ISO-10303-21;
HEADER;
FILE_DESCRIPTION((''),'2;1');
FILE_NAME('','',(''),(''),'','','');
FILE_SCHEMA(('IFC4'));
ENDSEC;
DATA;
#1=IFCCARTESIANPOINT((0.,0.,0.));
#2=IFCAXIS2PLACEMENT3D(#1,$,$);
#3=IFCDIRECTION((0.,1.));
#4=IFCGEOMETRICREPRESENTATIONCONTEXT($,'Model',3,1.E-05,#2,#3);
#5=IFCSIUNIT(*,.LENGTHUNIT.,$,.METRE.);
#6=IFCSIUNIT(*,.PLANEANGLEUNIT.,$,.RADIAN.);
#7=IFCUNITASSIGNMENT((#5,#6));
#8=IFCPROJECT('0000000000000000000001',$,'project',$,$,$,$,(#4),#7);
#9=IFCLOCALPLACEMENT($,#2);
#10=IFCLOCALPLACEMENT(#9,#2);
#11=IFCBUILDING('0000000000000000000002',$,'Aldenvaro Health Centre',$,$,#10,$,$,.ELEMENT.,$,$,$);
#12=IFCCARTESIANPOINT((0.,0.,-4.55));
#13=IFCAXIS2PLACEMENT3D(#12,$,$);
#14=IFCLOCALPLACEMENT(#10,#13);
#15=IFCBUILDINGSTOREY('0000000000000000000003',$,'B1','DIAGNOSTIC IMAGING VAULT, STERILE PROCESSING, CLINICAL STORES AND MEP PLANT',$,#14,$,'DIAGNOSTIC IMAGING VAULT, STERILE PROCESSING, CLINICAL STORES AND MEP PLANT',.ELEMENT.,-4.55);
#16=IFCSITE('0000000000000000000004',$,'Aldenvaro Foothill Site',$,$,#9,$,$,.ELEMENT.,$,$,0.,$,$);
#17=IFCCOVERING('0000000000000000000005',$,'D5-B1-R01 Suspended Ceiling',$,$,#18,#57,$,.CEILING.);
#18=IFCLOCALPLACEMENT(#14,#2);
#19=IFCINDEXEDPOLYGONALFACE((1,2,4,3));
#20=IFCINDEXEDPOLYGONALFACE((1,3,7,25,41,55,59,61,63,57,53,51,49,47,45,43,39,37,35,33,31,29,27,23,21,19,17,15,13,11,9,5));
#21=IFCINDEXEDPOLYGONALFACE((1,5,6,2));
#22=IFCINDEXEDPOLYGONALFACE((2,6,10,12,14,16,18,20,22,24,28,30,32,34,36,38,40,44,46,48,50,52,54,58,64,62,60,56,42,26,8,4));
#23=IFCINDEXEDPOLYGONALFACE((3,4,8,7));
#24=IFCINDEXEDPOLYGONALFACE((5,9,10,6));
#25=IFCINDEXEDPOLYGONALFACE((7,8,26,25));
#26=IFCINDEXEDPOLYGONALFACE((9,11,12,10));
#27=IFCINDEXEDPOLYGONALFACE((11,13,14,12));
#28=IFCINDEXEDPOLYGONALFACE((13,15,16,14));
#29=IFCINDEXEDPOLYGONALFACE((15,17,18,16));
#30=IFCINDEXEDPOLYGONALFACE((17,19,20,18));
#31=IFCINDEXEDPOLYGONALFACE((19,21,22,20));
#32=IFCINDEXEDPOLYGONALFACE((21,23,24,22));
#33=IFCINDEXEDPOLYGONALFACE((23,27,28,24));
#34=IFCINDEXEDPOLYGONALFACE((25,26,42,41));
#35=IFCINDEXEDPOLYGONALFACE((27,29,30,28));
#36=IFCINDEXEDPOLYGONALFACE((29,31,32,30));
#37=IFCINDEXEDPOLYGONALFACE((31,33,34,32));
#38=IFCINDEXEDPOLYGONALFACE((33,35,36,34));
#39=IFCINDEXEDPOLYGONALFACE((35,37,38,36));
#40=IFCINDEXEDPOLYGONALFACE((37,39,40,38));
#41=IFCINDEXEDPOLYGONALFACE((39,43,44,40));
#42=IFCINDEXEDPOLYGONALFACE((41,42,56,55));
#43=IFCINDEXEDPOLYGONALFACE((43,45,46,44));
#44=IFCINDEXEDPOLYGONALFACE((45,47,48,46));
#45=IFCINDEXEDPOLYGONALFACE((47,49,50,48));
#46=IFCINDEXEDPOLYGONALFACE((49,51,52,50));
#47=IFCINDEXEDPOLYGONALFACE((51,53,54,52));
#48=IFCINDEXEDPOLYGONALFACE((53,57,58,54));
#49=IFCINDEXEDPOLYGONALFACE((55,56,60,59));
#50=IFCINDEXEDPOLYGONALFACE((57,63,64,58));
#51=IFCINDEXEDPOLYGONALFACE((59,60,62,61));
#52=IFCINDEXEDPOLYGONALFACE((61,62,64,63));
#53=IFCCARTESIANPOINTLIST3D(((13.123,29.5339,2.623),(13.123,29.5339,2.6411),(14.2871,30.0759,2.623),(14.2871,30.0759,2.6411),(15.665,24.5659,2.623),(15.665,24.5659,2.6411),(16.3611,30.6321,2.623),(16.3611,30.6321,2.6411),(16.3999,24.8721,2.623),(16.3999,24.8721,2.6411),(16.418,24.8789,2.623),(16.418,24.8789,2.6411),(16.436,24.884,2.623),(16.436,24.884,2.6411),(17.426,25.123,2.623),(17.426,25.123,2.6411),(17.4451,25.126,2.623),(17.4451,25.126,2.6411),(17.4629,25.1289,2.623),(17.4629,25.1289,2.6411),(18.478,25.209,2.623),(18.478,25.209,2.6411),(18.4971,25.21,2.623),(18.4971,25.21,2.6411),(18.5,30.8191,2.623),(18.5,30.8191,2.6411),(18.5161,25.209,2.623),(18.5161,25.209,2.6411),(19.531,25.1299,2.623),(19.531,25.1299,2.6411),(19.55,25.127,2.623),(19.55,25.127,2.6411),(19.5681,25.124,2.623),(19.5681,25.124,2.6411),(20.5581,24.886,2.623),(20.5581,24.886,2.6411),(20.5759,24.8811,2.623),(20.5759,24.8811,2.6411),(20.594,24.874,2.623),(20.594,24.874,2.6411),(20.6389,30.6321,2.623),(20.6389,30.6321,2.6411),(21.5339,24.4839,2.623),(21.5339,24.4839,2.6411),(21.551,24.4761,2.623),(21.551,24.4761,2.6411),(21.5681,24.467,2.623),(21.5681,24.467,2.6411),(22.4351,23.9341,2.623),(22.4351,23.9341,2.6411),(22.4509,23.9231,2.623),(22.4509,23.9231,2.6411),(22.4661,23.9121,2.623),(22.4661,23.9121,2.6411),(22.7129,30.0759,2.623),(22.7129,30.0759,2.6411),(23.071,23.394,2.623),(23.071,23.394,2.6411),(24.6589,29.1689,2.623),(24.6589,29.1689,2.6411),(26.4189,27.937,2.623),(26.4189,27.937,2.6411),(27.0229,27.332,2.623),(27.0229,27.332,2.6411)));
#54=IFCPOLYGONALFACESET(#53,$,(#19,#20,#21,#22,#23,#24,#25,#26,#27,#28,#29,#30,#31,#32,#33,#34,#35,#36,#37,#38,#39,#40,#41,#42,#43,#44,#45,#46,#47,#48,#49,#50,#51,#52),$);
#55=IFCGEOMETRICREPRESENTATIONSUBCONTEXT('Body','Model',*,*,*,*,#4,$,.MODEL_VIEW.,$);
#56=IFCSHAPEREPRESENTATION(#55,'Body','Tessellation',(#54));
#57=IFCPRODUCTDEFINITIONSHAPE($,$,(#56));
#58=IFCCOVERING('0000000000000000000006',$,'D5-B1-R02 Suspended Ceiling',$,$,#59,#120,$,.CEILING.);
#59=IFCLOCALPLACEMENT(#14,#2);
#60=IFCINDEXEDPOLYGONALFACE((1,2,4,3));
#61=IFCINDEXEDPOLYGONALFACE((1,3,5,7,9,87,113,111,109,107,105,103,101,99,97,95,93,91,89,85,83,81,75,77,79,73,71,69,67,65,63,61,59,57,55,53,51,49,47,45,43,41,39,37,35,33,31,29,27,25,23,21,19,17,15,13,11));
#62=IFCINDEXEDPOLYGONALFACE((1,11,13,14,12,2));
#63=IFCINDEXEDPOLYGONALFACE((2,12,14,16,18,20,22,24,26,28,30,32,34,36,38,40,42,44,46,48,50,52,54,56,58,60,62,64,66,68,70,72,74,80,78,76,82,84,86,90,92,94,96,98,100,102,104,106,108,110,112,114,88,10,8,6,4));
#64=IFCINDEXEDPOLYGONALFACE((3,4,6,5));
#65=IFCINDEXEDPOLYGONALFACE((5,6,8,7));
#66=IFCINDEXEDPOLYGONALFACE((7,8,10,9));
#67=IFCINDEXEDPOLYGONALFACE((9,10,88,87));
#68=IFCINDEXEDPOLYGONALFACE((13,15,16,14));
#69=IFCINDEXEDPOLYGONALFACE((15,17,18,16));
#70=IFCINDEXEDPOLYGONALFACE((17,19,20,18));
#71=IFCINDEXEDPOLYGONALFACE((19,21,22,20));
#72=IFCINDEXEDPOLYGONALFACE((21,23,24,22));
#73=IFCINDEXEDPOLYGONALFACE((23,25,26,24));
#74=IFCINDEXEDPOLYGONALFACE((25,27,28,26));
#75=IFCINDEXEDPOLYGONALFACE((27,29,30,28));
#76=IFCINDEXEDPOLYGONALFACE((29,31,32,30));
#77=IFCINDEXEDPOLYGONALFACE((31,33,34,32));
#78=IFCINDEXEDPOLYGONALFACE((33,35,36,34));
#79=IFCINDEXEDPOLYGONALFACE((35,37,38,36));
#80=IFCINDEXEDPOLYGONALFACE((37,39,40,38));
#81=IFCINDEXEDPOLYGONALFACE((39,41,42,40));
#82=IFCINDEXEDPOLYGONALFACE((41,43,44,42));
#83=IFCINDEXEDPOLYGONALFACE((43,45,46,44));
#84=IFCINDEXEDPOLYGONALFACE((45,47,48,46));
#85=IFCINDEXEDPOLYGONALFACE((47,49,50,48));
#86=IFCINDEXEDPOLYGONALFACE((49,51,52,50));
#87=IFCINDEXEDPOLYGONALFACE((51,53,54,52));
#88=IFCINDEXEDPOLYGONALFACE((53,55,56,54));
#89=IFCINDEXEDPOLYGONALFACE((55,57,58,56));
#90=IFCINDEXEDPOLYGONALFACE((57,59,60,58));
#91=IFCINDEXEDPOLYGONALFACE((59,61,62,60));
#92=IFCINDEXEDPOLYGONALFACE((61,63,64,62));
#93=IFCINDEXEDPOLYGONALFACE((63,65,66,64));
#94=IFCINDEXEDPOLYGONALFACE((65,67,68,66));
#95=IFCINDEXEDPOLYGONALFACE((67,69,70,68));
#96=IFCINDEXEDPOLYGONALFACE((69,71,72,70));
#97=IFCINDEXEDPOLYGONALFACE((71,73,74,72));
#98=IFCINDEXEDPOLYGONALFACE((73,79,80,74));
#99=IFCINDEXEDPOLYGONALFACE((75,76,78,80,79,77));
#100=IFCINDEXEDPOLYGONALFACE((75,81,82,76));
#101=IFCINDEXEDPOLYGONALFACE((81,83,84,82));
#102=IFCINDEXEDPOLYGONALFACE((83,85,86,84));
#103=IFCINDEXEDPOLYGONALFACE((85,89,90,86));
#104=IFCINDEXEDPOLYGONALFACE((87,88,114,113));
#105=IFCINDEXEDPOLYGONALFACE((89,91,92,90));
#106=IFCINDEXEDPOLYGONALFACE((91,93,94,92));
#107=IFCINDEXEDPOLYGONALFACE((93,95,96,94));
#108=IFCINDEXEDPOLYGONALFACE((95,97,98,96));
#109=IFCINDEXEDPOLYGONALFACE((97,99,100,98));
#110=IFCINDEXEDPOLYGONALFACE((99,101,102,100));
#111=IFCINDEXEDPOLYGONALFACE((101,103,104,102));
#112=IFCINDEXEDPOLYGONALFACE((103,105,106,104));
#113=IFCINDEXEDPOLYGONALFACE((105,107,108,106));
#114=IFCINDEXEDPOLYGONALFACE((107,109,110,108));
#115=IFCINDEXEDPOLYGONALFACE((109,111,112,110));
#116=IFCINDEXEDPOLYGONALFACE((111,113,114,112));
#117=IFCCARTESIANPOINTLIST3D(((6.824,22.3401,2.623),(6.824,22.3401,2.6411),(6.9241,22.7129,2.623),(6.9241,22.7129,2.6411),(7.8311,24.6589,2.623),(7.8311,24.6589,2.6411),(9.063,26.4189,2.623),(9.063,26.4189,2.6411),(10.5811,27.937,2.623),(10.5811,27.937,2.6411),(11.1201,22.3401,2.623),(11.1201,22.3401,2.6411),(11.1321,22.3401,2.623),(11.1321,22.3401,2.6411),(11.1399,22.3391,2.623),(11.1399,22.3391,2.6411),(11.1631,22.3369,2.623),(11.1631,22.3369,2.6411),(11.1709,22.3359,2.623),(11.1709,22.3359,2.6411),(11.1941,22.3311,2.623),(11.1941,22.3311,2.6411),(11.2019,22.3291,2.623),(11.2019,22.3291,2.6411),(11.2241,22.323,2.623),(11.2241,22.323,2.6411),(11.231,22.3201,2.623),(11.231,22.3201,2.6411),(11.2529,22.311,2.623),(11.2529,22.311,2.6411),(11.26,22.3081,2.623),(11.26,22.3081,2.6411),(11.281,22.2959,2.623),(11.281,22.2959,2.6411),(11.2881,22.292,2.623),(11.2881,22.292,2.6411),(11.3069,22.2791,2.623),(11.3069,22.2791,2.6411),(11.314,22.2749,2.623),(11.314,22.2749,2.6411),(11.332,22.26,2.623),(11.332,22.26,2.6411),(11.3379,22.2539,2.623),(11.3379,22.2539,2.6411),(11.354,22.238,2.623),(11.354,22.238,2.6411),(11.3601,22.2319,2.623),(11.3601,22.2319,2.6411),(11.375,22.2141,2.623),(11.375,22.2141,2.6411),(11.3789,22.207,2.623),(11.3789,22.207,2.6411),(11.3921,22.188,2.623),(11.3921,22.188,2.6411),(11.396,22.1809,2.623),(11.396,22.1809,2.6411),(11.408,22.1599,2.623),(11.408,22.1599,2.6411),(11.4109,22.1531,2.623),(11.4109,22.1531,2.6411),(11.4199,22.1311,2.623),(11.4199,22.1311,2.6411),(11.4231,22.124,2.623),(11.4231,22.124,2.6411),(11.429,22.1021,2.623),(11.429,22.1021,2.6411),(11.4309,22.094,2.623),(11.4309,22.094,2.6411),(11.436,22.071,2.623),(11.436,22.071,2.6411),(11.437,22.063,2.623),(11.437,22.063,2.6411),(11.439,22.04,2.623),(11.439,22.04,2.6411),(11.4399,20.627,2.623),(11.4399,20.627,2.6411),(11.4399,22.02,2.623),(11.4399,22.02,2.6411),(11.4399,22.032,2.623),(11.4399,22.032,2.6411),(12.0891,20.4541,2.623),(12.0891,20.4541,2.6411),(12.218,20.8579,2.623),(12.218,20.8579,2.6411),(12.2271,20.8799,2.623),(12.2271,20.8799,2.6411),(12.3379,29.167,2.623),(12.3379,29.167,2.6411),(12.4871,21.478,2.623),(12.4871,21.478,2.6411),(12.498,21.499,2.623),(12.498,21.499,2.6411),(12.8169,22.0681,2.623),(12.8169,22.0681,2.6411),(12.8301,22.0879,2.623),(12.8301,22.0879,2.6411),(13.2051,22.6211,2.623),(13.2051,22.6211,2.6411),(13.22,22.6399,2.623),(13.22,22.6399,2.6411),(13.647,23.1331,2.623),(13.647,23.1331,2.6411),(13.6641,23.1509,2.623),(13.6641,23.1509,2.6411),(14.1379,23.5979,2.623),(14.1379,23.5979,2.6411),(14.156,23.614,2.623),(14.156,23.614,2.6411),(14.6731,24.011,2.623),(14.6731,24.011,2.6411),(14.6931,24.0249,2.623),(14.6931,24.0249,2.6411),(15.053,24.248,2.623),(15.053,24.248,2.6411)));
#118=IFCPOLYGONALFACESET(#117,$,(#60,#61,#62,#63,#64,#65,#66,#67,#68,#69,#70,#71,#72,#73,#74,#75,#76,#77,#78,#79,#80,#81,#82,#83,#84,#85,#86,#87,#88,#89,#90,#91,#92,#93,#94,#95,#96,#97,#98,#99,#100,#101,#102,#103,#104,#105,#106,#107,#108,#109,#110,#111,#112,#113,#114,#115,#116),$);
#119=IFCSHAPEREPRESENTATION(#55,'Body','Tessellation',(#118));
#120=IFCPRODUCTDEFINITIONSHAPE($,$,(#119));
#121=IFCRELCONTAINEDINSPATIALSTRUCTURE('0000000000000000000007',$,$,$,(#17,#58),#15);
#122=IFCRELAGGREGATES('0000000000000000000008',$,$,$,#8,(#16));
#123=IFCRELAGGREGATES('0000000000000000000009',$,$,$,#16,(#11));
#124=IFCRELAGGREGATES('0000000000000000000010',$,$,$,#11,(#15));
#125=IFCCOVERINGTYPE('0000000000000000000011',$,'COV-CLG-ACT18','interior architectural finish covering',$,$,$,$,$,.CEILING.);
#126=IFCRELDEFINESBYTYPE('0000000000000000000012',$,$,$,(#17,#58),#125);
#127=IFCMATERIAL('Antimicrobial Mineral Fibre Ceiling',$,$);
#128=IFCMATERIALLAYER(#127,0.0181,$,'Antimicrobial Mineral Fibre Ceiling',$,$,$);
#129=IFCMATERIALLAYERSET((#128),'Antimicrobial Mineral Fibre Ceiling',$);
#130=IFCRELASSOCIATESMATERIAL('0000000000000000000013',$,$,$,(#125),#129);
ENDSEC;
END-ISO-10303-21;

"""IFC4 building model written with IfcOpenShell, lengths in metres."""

from ifc_helpers import new_model, si_unit, direction, frame, origin, place, context, subcontext, project, spatial, polyline, outline, extrude, material, layer, layer_set, type_object, element, save


model = new_model("IFC4")

# Units and contexts
model_context = context("Model", 3, precision=1e-05, world=origin(), true_north=direction((0.0, 1.0)))
body_context = subcontext(model_context, "Body", "Model", "MODEL_VIEW")
ifc_project = project(units=[si_unit("LENGTHUNIT", "METRE"), si_unit("PLANEANGLEUNIT", "RADIAN")], contexts=[model_context])

# Site, building, storey
site_placement = place(None, origin())
site = spatial("IfcSite", under=ifc_project, at=site_placement, Name="Aldenvaro Foothill Site", CompositionType="ELEMENT", RefElevation=0.0)
building_placement = place(site_placement, origin())
building = spatial("IfcBuilding", under=site, at=building_placement, Name="Aldenvaro Health Centre", CompositionType="ELEMENT")
storey_placement = place(building_placement, frame((0.0, 0.0, -4.55)))
storey = spatial("IfcBuildingStorey", under=building, at=storey_placement, Name="B1", Description="DIAGNOSTIC IMAGING VAULT, STERILE PROCESSING, CLINICAL STORES AND MEP PLANT", LongName="DIAGNOSTIC IMAGING VAULT, STERILE PROCESSING, CLINICAL STORES AND MEP PLANT", CompositionType="ELEMENT", Elevation=-4.55)

# Coverings
ifc_material_1 = material(Name="Antimicrobial Mineral Fibre Ceiling")
ifc_layer_1 = layer(ifc_material_1, 0.0181, Name="Antimicrobial Mineral Fibre Ceiling")
ifc_layer_set_1 = layer_set([ifc_layer_1], Name="Antimicrobial Mineral Fibre Ceiling")
covering_type_1 = type_object("IfcCoveringType", Name="COV-CLG-ACT18", Description="interior architectural finish covering", PredefinedType="CEILING", material=ifc_layer_set_1)
covering_1_placement = place(storey_placement, frame((0.0, 0.0, 2.623)))
element("IfcCovering", 1, at=covering_1_placement, inside=storey, type_object=covering_type_1, Name="D5-B1-R01 Suspended Ceiling", PredefinedType="CEILING", context=body_context, shape_type="SweptSolid", body=[
    extrude(outline(polyline([(22.4661, 23.9121), (22.4509, 23.9231), (22.4351, 23.9341), (21.5681, 24.467), (21.551, 24.4761), (21.5339, 24.4839), (20.594, 24.874), (20.5759, 24.8811), (20.5581, 24.886), (19.5681, 25.124), (19.55, 25.127), (19.531, 25.1299), (18.5161, 25.209), (18.4971, 25.21), (18.478, 25.209), (17.4629, 25.1289), (17.4451, 25.126), (17.426, 25.123), (16.436, 24.884), (16.418, 24.8789), (16.3999, 24.8721), (15.665, 24.5659), (13.123, 29.5339), (14.2871, 30.0759), (16.3611, 30.6321), (18.5, 30.8191), (20.6389, 30.6321), (22.7129, 30.0759), (24.6589, 29.1689), (26.4189, 27.937), (27.0229, 27.332), (23.071, 23.394), (22.4661, 23.9121)])), origin(), (0.0, 0.0, 1.0), 0.0181),
])
covering_2_placement = place(storey_placement, frame((0.0, 0.0, 2.623)))
element("IfcCovering", 2, at=covering_2_placement, inside=storey, type_object=covering_type_1, Name="D5-B1-R02 Suspended Ceiling", PredefinedType="CEILING", context=body_context, shape_type="SweptSolid", body=[
    extrude(outline(polyline([(12.3379, 29.167), (15.053, 24.248), (14.6931, 24.0249), (14.6731, 24.011), (14.156, 23.614), (14.1379, 23.5979), (13.6641, 23.1509), (13.647, 23.1331), (13.22, 22.6399), (13.2051, 22.6211), (12.8301, 22.0879), (12.8169, 22.0681), (12.498, 21.499), (12.4871, 21.478), (12.2271, 20.8799), (12.218, 20.8579), (12.0891, 20.4541), (11.4399, 20.627), (11.4399, 22.02), (11.4399, 22.032), (11.439, 22.04), (11.437, 22.063), (11.436, 22.071), (11.4309, 22.094), (11.429, 22.1021), (11.4231, 22.124), (11.4199, 22.1311), (11.4109, 22.1531), (11.408, 22.1599), (11.396, 22.1809), (11.3921, 22.188), (11.3789, 22.207), (11.375, 22.2141), (11.3601, 22.2319), (11.354, 22.238), (11.3379, 22.2539), (11.332, 22.26), (11.314, 22.2749), (11.3069, 22.2791), (11.2881, 22.292), (11.281, 22.2959), (11.26, 22.3081), (11.2529, 22.311), (11.231, 22.3201), (11.2241, 22.323), (11.2019, 22.3291), (11.1941, 22.3311), (11.1709, 22.3359), (11.1631, 22.3369), (11.1399, 22.3391), (11.1321, 22.3401), (11.1201, 22.3401), (6.824, 22.3401), (6.9241, 22.7129), (7.8311, 24.6589), (9.063, 26.4189), (10.5811, 27.937), (12.3379, 29.167)])), origin(), (0.0, 0.0, 1.0), 0.0181),
])

save(model, "model.ifc")
